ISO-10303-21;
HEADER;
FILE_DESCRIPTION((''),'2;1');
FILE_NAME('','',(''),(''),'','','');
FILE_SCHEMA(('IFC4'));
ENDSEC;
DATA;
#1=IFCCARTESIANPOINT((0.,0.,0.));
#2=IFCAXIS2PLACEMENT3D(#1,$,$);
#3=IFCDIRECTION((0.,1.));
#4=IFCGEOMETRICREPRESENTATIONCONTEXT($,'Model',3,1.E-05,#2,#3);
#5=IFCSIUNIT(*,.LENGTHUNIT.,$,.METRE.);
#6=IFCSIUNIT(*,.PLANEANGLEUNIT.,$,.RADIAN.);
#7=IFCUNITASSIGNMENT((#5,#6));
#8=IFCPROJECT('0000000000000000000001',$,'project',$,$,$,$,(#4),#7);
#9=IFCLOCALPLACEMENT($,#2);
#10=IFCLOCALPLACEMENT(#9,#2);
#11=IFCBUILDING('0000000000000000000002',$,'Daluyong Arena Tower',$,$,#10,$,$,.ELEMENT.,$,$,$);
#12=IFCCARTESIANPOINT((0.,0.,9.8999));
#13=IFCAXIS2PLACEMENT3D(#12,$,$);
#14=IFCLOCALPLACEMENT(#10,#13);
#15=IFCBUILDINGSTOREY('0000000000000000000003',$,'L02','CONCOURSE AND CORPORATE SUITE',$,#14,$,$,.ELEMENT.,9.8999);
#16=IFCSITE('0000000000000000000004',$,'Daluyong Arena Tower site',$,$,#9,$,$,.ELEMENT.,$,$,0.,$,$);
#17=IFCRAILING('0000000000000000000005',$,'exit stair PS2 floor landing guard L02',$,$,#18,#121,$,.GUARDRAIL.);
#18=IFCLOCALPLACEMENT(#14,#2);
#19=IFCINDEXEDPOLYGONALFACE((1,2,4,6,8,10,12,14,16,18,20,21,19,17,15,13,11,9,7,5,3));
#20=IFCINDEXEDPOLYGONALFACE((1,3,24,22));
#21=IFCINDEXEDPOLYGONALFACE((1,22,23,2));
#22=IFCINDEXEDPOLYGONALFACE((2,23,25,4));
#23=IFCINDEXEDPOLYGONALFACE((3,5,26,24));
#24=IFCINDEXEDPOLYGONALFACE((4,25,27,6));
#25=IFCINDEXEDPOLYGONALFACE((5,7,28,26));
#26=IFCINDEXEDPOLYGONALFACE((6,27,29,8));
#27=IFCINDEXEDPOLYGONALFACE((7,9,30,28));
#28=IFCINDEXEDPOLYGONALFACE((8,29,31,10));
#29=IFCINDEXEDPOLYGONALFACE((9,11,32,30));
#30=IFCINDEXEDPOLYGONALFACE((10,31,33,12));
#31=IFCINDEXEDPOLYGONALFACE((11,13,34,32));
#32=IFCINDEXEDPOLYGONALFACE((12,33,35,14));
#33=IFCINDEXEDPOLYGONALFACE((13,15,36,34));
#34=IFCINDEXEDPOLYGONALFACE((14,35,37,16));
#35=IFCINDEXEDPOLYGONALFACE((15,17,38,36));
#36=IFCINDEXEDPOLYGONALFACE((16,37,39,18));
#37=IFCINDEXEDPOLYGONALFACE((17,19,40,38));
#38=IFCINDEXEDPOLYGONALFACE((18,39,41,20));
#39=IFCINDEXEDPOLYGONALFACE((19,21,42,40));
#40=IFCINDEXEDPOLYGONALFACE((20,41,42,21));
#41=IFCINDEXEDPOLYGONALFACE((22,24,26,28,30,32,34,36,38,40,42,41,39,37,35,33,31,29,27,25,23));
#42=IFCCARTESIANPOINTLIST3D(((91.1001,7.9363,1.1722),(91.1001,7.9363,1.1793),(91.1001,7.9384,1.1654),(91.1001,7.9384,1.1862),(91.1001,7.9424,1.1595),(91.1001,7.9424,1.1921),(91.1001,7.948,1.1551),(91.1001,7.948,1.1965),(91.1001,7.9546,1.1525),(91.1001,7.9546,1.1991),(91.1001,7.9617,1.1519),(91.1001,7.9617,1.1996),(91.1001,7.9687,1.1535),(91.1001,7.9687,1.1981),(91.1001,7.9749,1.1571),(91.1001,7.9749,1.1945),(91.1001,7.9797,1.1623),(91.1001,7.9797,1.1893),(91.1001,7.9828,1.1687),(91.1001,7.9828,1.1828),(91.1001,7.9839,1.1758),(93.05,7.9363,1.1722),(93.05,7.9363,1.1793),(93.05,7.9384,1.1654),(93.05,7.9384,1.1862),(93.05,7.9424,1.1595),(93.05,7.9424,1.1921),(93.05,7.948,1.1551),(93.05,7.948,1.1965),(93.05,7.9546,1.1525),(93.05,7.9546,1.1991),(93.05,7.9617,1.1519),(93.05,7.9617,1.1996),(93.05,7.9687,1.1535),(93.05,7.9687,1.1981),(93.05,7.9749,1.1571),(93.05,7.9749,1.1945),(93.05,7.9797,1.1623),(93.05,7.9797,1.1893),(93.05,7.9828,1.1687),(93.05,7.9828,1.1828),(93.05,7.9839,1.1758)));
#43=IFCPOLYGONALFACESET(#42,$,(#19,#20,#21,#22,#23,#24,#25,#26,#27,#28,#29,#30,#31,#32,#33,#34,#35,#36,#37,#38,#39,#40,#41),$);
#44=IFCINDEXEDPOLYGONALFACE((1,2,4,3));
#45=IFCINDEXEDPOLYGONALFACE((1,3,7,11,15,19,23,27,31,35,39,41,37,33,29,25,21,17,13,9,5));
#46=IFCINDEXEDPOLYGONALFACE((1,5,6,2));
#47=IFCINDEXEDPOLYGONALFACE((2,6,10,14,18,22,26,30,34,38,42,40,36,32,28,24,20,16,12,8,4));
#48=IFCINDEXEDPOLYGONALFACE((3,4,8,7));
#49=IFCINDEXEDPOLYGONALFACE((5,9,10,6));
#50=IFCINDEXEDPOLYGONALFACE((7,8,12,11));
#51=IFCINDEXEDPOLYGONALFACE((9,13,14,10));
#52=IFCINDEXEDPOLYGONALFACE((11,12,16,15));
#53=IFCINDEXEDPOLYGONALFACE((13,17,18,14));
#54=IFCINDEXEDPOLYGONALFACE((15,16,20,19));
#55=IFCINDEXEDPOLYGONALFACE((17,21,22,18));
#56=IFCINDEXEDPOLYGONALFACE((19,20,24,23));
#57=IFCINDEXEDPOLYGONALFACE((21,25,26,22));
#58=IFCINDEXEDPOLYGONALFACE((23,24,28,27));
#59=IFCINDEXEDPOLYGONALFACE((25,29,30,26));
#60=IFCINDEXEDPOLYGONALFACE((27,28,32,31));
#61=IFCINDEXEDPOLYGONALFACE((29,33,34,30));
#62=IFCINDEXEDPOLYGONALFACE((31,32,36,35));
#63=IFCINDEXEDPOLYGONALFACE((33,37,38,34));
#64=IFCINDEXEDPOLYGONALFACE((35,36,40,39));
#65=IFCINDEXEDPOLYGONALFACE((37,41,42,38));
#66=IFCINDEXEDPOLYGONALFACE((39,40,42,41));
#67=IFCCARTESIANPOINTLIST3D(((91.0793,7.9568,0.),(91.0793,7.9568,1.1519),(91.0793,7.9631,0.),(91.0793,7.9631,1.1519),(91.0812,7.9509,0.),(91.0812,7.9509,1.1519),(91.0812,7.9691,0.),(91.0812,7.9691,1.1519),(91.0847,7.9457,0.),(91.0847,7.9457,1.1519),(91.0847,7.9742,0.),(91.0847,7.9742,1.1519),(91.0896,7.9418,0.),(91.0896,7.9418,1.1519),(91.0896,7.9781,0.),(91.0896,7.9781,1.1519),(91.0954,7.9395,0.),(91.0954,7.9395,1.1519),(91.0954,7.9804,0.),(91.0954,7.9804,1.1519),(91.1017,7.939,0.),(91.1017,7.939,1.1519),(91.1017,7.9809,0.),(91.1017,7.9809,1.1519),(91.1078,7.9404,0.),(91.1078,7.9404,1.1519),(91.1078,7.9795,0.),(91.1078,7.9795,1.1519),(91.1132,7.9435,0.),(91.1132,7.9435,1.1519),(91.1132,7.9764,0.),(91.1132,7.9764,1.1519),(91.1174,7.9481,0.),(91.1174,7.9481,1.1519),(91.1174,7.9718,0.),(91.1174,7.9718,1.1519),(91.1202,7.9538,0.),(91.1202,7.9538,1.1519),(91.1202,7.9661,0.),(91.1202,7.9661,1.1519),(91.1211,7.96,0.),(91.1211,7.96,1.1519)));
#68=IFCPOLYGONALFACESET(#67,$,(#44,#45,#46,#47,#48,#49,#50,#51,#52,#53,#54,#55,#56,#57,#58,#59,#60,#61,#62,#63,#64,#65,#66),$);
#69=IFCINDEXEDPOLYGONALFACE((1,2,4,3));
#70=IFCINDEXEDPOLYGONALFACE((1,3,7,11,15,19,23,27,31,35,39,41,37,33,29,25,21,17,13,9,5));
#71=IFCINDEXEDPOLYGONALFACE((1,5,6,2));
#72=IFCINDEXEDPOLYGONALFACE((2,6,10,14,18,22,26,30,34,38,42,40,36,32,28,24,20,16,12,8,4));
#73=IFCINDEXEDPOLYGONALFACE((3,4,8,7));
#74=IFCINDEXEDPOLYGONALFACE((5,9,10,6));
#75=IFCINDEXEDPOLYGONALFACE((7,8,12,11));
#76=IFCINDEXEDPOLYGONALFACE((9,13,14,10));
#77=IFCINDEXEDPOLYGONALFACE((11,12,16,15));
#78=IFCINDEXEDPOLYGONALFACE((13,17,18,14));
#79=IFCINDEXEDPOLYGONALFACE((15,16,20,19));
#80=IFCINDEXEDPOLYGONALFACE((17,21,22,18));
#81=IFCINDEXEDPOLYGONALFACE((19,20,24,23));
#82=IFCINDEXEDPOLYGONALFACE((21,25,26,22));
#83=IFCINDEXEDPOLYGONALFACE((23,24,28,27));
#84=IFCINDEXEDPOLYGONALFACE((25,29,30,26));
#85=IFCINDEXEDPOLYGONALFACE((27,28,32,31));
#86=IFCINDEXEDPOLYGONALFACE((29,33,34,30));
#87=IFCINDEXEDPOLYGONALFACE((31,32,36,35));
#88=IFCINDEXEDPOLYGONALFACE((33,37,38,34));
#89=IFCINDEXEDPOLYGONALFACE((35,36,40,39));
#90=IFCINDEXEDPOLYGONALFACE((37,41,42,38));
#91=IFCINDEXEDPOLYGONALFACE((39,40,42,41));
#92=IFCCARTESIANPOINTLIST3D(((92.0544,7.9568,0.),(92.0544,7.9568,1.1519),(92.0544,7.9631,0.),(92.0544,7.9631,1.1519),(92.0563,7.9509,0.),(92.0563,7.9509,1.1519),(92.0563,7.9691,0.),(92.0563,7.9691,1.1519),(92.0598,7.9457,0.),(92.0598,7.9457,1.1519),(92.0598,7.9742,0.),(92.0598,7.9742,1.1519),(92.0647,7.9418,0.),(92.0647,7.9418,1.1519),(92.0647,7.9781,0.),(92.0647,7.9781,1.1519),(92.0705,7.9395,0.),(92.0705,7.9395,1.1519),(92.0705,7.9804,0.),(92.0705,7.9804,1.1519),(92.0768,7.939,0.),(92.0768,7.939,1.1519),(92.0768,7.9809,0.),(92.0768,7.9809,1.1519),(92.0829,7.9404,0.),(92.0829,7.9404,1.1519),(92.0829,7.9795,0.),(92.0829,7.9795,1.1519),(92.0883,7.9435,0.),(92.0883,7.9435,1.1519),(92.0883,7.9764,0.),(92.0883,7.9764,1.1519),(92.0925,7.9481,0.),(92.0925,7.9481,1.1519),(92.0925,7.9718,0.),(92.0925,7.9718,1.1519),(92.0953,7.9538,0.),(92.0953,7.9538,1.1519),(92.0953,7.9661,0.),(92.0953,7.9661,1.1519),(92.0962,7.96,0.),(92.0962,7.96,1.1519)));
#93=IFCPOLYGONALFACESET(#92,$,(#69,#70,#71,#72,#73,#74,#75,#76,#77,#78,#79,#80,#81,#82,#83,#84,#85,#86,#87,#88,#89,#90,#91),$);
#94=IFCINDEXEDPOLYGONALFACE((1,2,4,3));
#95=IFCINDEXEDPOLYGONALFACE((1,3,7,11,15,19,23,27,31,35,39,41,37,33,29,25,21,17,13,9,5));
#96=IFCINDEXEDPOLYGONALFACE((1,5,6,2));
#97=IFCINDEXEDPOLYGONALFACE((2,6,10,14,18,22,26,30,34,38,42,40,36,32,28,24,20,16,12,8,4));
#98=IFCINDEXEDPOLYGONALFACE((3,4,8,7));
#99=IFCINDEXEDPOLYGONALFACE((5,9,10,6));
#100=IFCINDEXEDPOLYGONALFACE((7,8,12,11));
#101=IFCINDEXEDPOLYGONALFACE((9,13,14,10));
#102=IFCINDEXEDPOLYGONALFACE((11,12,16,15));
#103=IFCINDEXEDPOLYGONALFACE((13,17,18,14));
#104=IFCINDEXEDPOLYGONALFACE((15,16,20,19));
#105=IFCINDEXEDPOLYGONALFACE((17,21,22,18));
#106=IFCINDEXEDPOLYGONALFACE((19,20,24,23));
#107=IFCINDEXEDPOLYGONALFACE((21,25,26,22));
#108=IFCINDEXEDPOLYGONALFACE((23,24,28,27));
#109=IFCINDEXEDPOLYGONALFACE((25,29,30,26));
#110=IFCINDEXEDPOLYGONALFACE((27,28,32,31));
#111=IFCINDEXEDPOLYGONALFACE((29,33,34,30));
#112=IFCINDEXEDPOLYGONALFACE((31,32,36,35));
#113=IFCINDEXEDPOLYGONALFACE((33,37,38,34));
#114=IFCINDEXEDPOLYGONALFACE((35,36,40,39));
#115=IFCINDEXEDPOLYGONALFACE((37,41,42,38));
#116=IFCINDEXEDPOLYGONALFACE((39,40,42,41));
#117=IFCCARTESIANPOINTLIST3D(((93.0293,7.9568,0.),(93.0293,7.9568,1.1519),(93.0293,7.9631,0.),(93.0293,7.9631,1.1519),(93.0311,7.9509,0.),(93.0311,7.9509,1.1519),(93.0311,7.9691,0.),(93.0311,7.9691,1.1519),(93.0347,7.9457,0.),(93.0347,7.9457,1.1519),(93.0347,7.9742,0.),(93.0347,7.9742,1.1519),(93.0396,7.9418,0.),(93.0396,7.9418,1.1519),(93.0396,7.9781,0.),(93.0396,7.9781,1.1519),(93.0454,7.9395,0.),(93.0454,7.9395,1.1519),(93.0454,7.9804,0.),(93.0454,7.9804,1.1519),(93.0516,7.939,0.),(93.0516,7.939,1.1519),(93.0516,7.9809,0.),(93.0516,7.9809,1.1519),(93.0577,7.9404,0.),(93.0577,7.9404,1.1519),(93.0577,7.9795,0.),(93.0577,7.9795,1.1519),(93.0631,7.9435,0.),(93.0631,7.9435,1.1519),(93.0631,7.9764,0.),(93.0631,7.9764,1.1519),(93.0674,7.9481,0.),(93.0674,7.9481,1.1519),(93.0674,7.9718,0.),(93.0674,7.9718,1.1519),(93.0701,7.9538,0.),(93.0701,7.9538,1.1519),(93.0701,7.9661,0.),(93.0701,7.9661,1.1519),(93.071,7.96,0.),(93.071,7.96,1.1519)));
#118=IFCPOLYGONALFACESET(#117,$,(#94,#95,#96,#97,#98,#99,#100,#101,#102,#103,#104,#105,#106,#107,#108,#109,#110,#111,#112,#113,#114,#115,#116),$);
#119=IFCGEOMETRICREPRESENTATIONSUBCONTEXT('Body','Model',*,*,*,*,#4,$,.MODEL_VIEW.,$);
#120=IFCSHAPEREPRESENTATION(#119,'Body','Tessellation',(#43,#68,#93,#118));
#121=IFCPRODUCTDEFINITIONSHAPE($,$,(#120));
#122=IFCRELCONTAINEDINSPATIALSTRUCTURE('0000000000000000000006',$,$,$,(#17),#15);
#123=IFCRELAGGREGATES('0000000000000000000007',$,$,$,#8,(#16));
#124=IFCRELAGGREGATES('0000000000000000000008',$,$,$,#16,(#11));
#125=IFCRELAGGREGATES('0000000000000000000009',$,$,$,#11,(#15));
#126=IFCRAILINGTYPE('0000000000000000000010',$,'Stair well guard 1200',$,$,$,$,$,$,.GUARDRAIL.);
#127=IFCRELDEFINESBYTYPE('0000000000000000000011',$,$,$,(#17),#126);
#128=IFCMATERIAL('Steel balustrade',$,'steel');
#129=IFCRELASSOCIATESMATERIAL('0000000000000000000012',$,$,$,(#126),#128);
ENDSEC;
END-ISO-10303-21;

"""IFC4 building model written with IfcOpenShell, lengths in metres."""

from ifc_helpers import new_model, si_unit, direction, frame, origin, origin_2d, place, context, subcontext, project, spatial, circle, extrude, material, type_object, element, save


model = new_model("IFC4")

# Units and contexts
model_context = context("Model", 3, precision=1e-05, world=origin(), true_north=direction((0.0, 1.0)))
body_context = subcontext(model_context, "Body", "Model", "MODEL_VIEW")
ifc_project = project(units=[si_unit("LENGTHUNIT", "METRE"), si_unit("PLANEANGLEUNIT", "RADIAN")], contexts=[model_context])

# Site, building, storey
site_placement = place(None, origin())
site = spatial("IfcSite", under=ifc_project, at=site_placement, Name="Daluyong Arena Tower site", CompositionType="ELEMENT", RefElevation=0.0)
building_placement = place(site_placement, origin())
building = spatial("IfcBuilding", under=site, at=building_placement, Name="Daluyong Arena Tower", CompositionType="ELEMENT")
storey_placement = place(building_placement, frame((0.0, 0.0, 9.8999)))
storey = spatial("IfcBuildingStorey", under=building, at=storey_placement, Name="L02", Description="CONCOURSE AND CORPORATE SUITE", CompositionType="ELEMENT", Elevation=9.8999)

# Railing
ifc_material_1 = material(Name="Steel balustrade", Category="steel")
railing_type_1 = type_object("IfcRailingType", Name="Stair well guard 1200", PredefinedType="GUARDRAIL", material=ifc_material_1)
railing_1_placement = place(storey_placement, frame((91.1001, 7.96, 0.0)))
element("IfcRailing", 1, at=railing_1_placement, inside=storey, type_object=railing_type_1, Name="exit stair PS2 floor landing guard L02", PredefinedType="GUARDRAIL", context=body_context, shape_type="SweptSolid", body=[
    extrude(circle(Radius=0.0239, at=origin_2d()), frame((0.0, 0.0, 1.1758), z_axis=(1.0, 0.0, 0.0), x_axis=(0.0, 1.0, 0.0)), (0.0, 0.0, 1.0), 1.95),
    extrude(circle(Radius=0.021, at=origin_2d()), origin(), (0.0, 0.0, 1.0), 1.1519),
    extrude(circle(Radius=0.021, at=origin_2d()), frame((0.9751, 0.0, 0.0)), (0.0, 0.0, 1.0), 1.1519),
    extrude(circle(Radius=0.021, at=origin_2d()), frame((1.95, 0.0, 0.0)), (0.0, 0.0, 1.0), 1.1519),
])

save(model, "model.ifc")
